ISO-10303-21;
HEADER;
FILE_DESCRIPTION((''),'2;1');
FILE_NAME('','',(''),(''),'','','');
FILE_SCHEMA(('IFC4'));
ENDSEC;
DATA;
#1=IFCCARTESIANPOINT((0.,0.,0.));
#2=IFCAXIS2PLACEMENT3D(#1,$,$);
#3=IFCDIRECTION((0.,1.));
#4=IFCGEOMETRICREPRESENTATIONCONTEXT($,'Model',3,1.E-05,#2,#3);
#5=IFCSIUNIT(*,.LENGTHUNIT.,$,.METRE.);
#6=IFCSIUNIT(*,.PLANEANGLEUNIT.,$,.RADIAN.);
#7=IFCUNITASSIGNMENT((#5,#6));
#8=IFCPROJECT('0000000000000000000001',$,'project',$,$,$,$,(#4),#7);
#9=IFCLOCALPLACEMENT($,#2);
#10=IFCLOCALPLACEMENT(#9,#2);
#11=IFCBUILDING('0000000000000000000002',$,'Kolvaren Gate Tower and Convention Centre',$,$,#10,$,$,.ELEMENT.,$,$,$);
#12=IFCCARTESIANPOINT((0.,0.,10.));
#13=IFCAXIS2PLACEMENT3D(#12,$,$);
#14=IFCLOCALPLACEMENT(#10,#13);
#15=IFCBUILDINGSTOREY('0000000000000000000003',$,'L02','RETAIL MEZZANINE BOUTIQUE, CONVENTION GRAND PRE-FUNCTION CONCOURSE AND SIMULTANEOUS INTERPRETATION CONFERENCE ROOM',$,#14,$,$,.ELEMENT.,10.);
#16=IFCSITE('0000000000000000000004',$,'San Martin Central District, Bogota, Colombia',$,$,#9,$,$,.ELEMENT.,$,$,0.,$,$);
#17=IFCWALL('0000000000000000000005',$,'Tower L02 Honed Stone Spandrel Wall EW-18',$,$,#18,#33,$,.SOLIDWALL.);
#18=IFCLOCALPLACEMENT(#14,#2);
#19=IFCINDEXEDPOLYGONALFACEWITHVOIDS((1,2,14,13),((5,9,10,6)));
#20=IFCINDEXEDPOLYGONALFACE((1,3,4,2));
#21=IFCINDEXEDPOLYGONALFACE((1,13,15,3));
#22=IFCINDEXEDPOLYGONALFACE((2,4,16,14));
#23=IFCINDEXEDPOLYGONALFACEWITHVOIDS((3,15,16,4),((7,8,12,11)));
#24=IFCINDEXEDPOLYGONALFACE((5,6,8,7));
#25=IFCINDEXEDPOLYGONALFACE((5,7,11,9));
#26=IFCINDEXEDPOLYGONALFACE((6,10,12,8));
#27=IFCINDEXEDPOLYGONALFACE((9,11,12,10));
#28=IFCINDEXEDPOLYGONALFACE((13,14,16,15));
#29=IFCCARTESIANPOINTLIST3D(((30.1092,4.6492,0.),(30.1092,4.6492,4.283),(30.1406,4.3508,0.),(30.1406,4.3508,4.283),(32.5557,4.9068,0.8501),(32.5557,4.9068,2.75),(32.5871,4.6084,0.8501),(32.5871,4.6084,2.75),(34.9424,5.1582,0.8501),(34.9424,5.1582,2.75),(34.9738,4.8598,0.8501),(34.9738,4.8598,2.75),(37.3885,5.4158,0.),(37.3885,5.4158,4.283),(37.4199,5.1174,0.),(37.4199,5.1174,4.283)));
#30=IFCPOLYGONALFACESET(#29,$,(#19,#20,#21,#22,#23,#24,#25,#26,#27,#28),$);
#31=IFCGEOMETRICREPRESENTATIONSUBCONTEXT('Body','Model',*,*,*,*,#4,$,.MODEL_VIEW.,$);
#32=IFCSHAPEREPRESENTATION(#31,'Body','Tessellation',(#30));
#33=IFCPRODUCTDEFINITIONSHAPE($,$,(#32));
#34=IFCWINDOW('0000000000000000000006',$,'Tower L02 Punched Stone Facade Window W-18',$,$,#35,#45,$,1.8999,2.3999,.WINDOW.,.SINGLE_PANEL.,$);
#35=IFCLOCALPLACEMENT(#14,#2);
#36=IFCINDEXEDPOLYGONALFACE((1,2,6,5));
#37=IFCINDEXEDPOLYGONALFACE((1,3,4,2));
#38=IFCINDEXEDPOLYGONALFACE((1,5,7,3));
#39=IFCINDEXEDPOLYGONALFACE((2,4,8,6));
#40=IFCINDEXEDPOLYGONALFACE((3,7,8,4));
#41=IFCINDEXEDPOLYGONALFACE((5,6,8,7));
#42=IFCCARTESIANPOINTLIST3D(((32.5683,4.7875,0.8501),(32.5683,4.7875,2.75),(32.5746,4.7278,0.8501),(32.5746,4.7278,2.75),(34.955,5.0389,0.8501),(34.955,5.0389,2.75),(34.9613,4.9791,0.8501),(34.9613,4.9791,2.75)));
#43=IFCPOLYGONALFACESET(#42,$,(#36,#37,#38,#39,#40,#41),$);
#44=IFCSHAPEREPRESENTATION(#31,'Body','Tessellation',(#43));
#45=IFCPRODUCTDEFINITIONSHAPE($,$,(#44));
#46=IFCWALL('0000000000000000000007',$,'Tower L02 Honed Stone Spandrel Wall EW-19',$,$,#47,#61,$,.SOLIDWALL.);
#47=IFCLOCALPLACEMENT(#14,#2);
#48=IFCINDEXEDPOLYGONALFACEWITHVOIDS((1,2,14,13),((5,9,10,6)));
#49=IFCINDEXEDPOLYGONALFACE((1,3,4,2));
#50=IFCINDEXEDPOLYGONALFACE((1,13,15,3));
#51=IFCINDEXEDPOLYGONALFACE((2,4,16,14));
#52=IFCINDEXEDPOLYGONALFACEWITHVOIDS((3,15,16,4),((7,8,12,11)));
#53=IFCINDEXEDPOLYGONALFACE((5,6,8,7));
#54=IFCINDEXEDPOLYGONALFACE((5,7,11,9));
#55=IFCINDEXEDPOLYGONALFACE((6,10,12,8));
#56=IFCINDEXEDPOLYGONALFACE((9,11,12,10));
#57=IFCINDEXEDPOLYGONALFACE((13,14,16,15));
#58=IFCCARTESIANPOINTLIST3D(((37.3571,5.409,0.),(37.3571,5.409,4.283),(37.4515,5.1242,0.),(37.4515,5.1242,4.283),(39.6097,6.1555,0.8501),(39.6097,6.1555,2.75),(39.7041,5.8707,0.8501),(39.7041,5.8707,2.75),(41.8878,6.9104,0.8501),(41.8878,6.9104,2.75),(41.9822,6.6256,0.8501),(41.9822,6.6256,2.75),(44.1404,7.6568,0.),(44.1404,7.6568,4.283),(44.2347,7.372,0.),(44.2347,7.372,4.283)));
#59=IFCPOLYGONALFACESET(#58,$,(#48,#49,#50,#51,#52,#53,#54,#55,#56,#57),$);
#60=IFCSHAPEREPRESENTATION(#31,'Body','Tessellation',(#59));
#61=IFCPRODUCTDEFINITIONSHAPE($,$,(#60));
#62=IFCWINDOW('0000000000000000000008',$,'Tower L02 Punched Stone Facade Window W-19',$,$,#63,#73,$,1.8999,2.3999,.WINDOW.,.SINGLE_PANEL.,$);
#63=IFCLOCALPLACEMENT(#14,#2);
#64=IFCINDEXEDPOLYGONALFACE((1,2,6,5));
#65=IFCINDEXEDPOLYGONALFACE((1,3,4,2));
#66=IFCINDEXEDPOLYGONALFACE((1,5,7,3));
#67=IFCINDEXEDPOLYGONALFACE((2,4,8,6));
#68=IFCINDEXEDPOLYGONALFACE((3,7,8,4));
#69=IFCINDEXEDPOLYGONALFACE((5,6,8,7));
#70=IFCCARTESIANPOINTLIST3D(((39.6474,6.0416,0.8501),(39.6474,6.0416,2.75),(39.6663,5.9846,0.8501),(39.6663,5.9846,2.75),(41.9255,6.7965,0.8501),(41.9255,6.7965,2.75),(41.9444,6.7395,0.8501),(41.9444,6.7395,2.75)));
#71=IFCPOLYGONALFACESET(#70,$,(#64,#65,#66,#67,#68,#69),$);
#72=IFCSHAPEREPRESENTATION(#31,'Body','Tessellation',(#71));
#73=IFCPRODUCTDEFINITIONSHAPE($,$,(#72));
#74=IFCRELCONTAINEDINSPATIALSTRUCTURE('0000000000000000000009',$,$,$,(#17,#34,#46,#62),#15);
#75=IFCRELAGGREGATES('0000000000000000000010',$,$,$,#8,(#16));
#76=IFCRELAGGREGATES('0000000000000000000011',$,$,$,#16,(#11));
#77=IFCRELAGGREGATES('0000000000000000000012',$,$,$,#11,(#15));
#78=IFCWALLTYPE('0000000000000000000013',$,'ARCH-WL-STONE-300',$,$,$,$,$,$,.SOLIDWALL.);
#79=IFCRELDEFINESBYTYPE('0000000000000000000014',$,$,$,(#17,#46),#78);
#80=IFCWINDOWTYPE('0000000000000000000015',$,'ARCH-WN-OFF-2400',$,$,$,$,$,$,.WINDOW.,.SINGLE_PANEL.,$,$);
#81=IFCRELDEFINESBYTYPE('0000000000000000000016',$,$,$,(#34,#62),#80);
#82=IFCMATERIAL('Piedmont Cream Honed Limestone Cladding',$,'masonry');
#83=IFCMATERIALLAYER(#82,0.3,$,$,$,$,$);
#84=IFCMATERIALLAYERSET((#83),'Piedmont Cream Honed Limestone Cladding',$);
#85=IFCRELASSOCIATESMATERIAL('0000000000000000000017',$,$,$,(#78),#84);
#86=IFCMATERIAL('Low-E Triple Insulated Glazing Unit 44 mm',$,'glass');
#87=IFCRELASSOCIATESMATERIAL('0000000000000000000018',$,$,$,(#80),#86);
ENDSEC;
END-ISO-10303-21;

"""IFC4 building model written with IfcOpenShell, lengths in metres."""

from ifc_helpers import new_model, si_unit, direction, frame, frame_2d, origin, place, context, subcontext, project, spatial, rectangle, extrude, material, layer, layer_set, type_object, element, fill, save


model = new_model("IFC4")

# Units and contexts
model_context = context("Model", 3, precision=1e-05, world=origin(), true_north=direction((0.0, 1.0)))
body_context = subcontext(model_context, "Body", "Model", "MODEL_VIEW")
ifc_project = project(units=[si_unit("LENGTHUNIT", "METRE"), si_unit("PLANEANGLEUNIT", "RADIAN")], contexts=[model_context])

# Site, building, storey
site_placement = place(None, origin())
site = spatial("IfcSite", under=ifc_project, at=site_placement, Name="San Martin Central District, Bogota, Colombia", CompositionType="ELEMENT", RefElevation=0.0)
building_placement = place(site_placement, origin())
building = spatial("IfcBuilding", under=site, at=building_placement, Name="Kolvaren Gate Tower and Convention Centre", CompositionType="ELEMENT")
storey_placement = place(building_placement, frame((0.0, 0.0, 10.0)))
storey = spatial("IfcBuildingStorey", under=building, at=storey_placement, Name="L02", Description="RETAIL MEZZANINE BOUTIQUE, CONVENTION GRAND PRE-FUNCTION CONCOURSE AND SIMULTANEOUS INTERPRETATION CONFERENCE ROOM", CompositionType="ELEMENT", Elevation=10.0)

# Shared definitions
ifc_material_1 = material(Name="Low-E Triple Insulated Glazing Unit 44 mm", Category="glass")

# Walls, openings, windows
ifc_material_2 = material(Name="Piedmont Cream Honed Limestone Cladding", Category="masonry")
ifc_layer_1 = layer(ifc_material_2, 0.3)
ifc_layer_set_1 = layer_set([ifc_layer_1], Name="Piedmont Cream Honed Limestone Cladding")
wall_type_1 = type_object("IfcWallType", Name="ARCH-WL-STONE-300", PredefinedType="SOLIDWALL", material=ifc_layer_set_1)
wall_1_placement = place(storey_placement, frame((30.125, 4.5, 0.0), z_axis=(0.0, 0.0, 1.0), x_axis=(0.9945, 0.104733, 0.0)))
wall_1 = element("IfcWall", 1, at=wall_1_placement, inside=storey, type_object=wall_type_1, Name="Tower L02 Honed Stone Spandrel Wall EW-18", PredefinedType="SOLIDWALL", context=body_context, shape_type="SweptSolid", body=[
    extrude(rectangle(XDim=7.3196, YDim=0.3, at=frame_2d((3.6597, 0.0))), origin(), (0.0, 0.0, 1.0), 4.283),
])
opening_1_placement = place(wall_1_placement, frame((2.46, 0.0, 0.8501)))
opening_1 = element("IfcOpeningElement", 2, at=opening_1_placement, cuts=wall_1, PredefinedType="OPENING", context=body_context, shape_type="SweptSolid", body=[
    extrude(rectangle(XDim=2.3999, YDim=1.8999, at=frame_2d((1.2, 0.95))), frame((0.0, 0.1599, 0.0), z_axis=(0.0, -1.0, 0.0), x_axis=(1.0, 0.0, 0.0)), (0.0, 0.0, 1.0), 0.3201),
])
window_type = type_object("IfcWindowType", Name="ARCH-WN-OFF-2400", PartitioningType="SINGLE_PANEL", PredefinedType="WINDOW", material=ifc_material_1)
window_1_placement = place(opening_1_placement, origin())
window_1 = element("IfcWindow", 3, at=window_1_placement, inside=storey, type_object=window_type, Name="Tower L02 Punched Stone Facade Window W-18", OverallHeight=1.8999, OverallWidth=2.3999, PartitioningType="SINGLE_PANEL", PredefinedType="WINDOW", context=body_context, shape_type="SweptSolid", body=[
    extrude(rectangle(XDim=2.3999, YDim=1.8999, at=frame_2d((1.2, 0.95))), frame((0.0, 0.03, 0.0), z_axis=(0.0, -1.0, 0.0), x_axis=(1.0, 0.0, 0.0)), (0.0, 0.0, 1.0), 0.0601),
])
fill(opening_1, window_1)
wall_2_placement = place(storey_placement, frame((37.4043, 5.2666, 0.0), z_axis=(0.0, 0.0, 1.0), x_axis=(0.949239, 0.314557, 0.0)))
wall_2 = element("IfcWall", 4, at=wall_2_placement, inside=storey, type_object=wall_type_1, Name="Tower L02 Honed Stone Spandrel Wall EW-19", PredefinedType="SOLIDWALL", context=body_context, shape_type="SweptSolid", body=[
    extrude(rectangle(XDim=7.146, YDim=0.3, at=frame_2d((3.573, 0.0))), origin(), (0.0, 0.0, 1.0), 4.283),
])
opening_2_placement = place(wall_2_placement, frame((2.373, 0.0, 0.8501)))
opening_2 = element("IfcOpeningElement", 5, at=opening_2_placement, cuts=wall_2, PredefinedType="OPENING", context=body_context, shape_type="SweptSolid", body=[
    extrude(rectangle(XDim=2.3999, YDim=1.8999, at=frame_2d((1.2, 0.95))), frame((0.0, 0.1599, 0.0), z_axis=(0.0, -1.0, 0.0), x_axis=(1.0, 0.0, 0.0)), (0.0, 0.0, 1.0), 0.3201),
])
window_2_placement = place(opening_2_placement, origin())
window_2 = element("IfcWindow", 6, at=window_2_placement, inside=storey, type_object=window_type, Name="Tower L02 Punched Stone Facade Window W-19", OverallHeight=1.8999, OverallWidth=2.3999, PartitioningType="SINGLE_PANEL", PredefinedType="WINDOW", context=body_context, shape_type="SweptSolid", body=[
    extrude(rectangle(XDim=2.3999, YDim=1.8999, at=frame_2d((1.2, 0.95))), frame((0.0, 0.03, 0.0), z_axis=(0.0, -1.0, 0.0), x_axis=(1.0, 0.0, 0.0)), (0.0, 0.0, 1.0), 0.0601),
])
fill(opening_2, window_2)

save(model, "model.ifc")
